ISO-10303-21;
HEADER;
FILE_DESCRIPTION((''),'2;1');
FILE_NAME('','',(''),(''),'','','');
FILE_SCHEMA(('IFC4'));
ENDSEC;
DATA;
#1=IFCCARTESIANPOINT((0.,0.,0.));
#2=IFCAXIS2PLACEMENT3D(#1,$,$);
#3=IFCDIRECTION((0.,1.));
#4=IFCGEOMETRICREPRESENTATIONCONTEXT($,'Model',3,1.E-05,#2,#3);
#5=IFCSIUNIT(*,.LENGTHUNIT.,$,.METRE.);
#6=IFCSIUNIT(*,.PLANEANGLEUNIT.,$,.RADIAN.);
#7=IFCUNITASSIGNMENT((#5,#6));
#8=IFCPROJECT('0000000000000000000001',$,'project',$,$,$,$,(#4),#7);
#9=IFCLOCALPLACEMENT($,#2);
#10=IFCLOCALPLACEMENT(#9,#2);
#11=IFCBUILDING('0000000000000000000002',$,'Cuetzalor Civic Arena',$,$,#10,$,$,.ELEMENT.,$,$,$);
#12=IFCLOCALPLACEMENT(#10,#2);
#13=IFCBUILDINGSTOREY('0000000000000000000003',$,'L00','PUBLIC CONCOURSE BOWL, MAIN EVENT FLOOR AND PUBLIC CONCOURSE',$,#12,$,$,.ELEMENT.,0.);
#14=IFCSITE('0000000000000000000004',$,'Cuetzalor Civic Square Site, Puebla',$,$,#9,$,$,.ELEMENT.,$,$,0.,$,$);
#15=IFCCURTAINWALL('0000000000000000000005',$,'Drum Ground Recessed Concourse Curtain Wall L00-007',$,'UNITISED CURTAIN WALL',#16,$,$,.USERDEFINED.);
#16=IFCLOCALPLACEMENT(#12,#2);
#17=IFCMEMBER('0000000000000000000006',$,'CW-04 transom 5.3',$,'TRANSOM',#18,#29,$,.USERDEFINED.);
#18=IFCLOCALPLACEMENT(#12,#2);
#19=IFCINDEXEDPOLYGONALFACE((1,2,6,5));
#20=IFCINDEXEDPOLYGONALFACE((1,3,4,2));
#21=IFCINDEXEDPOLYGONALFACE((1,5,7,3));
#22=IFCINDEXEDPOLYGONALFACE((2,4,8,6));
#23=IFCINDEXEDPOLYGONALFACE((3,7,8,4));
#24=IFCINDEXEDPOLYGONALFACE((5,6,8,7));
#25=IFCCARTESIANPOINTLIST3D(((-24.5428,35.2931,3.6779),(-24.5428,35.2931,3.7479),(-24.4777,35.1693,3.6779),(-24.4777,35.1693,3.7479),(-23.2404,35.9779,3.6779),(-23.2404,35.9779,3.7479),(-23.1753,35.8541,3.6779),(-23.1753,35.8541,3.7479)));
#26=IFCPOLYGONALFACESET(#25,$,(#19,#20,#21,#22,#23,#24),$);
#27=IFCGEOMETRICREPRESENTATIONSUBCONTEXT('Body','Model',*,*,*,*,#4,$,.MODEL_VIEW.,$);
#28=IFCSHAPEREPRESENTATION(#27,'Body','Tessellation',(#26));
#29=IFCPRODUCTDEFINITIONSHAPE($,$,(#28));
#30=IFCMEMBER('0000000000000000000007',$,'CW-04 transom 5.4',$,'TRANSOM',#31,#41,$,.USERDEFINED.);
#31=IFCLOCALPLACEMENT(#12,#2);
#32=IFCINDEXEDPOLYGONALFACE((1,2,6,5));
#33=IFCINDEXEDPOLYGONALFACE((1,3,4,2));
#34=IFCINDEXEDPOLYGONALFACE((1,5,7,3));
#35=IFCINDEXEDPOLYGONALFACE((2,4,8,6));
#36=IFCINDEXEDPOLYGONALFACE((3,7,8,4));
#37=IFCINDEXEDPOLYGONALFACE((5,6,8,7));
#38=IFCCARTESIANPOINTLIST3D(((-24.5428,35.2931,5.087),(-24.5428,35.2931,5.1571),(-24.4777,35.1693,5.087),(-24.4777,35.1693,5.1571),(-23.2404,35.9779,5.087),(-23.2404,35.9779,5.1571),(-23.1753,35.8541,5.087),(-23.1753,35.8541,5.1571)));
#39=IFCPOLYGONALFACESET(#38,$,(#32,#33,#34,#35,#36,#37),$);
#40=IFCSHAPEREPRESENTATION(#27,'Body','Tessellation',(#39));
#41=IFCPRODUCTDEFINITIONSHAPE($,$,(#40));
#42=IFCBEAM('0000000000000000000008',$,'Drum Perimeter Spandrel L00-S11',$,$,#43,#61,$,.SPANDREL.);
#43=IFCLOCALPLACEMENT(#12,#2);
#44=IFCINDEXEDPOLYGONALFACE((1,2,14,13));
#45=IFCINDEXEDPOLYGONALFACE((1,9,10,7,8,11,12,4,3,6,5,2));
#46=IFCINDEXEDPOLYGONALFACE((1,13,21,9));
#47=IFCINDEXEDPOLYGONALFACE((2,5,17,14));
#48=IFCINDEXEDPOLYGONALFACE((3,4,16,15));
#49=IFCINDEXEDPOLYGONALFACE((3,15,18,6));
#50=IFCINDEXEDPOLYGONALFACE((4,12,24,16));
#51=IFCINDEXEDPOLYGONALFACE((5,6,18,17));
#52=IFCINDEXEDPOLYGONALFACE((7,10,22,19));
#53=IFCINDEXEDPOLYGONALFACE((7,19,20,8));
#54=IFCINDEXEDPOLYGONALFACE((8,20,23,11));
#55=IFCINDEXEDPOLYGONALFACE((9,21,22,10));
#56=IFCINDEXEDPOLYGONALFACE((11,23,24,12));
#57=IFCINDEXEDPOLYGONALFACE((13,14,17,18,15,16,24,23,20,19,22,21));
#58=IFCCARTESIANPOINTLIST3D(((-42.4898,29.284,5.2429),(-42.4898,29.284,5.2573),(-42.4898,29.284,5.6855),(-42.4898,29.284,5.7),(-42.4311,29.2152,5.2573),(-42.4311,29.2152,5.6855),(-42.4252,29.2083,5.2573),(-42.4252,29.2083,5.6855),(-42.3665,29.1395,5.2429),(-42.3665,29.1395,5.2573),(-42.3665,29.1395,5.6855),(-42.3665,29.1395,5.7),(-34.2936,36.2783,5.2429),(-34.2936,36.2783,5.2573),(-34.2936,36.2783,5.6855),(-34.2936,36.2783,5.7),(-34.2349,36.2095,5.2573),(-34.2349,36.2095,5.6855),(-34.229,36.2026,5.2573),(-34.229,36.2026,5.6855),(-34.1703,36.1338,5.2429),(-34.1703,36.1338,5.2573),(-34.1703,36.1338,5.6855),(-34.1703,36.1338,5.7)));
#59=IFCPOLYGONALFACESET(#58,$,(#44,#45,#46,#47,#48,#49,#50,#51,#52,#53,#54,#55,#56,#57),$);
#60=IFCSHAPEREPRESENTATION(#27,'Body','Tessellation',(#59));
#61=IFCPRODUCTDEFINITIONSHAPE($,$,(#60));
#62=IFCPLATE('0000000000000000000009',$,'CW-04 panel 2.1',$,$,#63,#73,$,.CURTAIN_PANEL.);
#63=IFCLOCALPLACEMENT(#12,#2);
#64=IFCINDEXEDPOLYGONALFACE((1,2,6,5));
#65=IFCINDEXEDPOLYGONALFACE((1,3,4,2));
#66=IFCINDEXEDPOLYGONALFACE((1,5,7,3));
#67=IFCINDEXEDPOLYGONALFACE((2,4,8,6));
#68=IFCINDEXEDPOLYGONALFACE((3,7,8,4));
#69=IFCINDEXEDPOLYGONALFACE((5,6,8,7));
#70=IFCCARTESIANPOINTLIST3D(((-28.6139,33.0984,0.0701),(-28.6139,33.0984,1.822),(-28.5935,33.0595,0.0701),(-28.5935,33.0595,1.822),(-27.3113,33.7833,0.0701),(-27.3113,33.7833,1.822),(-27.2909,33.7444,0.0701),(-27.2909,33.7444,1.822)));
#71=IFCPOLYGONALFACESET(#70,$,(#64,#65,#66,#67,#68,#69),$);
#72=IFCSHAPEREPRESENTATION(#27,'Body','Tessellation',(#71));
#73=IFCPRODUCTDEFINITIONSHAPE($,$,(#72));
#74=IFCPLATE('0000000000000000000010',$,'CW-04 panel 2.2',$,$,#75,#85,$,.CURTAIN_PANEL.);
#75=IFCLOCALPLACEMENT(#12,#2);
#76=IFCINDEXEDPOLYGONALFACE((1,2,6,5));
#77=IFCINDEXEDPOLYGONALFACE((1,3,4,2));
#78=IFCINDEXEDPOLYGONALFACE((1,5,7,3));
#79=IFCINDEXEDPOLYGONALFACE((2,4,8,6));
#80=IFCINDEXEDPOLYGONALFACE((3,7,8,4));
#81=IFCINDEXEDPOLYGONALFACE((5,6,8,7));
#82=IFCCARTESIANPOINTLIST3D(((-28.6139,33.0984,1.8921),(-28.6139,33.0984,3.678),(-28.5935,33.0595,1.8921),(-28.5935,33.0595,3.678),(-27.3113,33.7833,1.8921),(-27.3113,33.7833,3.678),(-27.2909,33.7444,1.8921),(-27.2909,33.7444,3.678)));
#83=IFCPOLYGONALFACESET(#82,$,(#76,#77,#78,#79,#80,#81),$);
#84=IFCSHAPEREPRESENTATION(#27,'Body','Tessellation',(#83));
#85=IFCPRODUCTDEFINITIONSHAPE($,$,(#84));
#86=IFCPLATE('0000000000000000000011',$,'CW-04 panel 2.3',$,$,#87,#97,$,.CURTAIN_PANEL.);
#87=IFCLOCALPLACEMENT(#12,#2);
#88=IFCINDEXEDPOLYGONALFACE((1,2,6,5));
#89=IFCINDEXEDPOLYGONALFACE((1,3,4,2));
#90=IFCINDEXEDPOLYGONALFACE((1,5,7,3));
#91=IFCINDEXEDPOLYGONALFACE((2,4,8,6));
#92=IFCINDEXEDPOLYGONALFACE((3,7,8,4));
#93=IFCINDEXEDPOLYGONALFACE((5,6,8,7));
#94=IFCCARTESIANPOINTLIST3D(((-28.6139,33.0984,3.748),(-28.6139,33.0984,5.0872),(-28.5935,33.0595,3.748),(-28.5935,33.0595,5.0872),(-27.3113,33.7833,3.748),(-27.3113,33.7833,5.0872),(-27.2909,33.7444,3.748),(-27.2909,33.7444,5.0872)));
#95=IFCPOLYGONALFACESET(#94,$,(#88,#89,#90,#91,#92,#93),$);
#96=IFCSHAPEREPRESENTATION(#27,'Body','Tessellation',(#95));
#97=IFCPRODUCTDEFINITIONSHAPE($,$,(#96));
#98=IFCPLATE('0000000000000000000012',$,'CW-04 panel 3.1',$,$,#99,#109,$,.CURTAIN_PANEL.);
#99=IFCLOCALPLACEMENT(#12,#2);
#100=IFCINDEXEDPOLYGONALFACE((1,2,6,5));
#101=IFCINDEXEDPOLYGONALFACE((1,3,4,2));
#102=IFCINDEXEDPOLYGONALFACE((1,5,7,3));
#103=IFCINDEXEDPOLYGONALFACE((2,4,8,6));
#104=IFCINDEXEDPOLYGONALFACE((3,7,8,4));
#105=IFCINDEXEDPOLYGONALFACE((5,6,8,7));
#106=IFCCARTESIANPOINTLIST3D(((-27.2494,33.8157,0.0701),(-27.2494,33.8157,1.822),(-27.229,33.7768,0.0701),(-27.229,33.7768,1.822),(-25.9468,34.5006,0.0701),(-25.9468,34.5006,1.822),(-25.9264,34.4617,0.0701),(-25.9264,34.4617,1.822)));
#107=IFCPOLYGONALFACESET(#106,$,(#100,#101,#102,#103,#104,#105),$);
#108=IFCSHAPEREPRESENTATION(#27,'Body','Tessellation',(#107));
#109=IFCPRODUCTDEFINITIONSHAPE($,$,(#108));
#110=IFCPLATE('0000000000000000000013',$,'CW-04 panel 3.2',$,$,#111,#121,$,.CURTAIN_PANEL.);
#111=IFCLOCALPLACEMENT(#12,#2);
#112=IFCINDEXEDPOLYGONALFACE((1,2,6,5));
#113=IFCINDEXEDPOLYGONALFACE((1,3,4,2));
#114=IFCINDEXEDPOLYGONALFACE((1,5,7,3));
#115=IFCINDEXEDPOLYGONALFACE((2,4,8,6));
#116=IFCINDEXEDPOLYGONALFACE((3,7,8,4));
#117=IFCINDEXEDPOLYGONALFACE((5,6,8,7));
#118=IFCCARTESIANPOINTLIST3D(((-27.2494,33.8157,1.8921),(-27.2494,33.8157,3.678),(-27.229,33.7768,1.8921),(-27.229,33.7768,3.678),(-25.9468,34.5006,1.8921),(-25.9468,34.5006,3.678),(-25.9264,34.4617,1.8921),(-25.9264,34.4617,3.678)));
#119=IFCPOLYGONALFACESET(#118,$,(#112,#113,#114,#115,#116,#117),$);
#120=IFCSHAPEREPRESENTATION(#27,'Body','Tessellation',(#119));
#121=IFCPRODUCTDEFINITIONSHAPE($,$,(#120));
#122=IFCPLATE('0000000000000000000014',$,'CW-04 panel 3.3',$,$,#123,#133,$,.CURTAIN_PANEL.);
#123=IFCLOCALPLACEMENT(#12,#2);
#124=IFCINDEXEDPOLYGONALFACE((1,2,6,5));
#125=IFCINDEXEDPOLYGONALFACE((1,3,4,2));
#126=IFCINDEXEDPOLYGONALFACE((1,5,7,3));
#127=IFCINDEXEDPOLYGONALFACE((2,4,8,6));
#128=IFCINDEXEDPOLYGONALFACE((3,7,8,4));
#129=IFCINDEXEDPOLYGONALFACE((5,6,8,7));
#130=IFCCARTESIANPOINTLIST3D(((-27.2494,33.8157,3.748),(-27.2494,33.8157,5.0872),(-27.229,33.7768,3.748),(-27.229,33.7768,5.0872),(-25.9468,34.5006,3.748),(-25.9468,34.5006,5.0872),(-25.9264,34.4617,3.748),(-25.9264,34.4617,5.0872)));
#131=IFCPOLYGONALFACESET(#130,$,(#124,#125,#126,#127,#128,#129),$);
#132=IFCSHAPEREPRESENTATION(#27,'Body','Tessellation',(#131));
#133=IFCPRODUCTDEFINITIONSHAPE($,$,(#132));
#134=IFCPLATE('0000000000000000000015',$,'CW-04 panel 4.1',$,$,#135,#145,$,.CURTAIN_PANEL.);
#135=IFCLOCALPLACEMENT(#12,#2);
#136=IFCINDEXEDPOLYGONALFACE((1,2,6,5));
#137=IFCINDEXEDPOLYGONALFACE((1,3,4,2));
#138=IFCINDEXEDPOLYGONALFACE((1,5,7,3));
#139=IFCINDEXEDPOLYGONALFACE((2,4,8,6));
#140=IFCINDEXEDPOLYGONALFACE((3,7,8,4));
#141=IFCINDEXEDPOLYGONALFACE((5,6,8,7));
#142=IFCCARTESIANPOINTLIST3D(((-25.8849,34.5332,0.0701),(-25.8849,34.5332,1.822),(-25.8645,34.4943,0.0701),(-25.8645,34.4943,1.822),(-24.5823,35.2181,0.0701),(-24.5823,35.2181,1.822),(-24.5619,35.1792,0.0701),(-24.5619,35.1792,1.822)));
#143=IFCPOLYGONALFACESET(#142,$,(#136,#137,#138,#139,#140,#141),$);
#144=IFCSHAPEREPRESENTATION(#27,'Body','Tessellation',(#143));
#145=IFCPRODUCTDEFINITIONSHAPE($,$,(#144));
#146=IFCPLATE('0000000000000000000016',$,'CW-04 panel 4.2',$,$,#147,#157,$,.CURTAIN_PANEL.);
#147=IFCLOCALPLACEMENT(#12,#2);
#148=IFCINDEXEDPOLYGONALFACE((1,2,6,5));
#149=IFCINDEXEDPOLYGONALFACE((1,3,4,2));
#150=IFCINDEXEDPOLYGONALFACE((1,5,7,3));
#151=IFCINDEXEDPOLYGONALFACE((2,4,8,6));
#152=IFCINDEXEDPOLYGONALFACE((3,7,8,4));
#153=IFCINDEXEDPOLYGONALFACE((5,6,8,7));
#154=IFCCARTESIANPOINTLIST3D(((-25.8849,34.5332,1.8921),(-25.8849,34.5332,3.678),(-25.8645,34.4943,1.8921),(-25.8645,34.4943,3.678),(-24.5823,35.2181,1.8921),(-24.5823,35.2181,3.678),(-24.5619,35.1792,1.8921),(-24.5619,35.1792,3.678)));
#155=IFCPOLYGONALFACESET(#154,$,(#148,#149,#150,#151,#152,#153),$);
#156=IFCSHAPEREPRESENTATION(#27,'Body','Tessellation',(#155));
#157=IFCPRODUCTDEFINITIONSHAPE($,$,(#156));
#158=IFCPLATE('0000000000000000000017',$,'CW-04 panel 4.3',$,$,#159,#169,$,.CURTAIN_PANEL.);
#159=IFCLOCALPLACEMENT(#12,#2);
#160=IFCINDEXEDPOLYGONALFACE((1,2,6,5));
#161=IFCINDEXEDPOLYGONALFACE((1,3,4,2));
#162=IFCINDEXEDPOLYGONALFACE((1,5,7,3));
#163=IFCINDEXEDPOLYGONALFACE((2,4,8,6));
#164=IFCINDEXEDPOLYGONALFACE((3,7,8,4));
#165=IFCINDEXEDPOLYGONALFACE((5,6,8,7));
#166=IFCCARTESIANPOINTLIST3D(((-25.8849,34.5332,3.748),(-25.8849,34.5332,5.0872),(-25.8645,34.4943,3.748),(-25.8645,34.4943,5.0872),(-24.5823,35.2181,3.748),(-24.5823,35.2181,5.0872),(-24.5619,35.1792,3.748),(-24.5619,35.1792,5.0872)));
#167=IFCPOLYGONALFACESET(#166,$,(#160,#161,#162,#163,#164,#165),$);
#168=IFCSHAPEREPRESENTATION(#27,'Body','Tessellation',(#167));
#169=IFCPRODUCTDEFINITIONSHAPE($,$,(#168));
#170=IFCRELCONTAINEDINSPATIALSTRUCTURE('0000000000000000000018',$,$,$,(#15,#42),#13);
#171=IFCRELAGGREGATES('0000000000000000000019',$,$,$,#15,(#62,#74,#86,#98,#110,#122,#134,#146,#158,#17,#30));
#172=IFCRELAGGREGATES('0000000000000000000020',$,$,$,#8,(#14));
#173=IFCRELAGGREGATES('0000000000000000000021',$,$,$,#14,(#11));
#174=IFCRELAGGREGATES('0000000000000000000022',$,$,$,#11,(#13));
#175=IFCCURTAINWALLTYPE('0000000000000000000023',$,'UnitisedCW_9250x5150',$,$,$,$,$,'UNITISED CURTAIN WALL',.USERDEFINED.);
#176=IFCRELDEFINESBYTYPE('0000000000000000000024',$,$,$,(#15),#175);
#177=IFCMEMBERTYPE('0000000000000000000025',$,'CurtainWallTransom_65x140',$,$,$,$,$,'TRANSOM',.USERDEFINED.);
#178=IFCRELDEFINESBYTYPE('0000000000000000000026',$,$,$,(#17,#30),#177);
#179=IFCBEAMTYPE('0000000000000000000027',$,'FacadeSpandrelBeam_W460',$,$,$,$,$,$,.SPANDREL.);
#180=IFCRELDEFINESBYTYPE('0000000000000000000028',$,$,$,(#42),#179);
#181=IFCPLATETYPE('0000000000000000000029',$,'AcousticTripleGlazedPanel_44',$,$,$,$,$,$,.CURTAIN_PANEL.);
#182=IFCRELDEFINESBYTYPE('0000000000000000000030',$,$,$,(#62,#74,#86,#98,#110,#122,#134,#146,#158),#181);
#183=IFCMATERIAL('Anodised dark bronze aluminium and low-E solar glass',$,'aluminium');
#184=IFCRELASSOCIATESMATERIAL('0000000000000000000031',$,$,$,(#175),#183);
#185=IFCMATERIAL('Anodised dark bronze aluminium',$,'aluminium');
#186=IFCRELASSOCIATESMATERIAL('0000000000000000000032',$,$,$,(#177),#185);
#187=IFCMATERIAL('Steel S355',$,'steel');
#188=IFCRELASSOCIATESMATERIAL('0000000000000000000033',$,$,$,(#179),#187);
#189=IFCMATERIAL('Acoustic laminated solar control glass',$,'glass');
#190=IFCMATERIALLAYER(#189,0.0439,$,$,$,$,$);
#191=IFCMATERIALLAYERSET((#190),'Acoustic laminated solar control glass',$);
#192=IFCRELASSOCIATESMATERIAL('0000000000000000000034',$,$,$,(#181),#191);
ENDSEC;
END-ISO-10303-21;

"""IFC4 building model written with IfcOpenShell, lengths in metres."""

from ifc_helpers import new_model, si_unit, direction, frame, origin, origin_2d, place, context, subcontext, project, spatial, rectangle, i_section, extrude, material, layer, layer_set, material_profile, profile_set, type_object, element, aggregate, save


model = new_model("IFC4")

# Units and contexts
model_context = context("Model", 3, precision=1e-05, world=origin(), true_north=direction((0.0, 1.0)))
body_context = subcontext(model_context, "Body", "Model", "MODEL_VIEW")
ifc_project = project(units=[si_unit("LENGTHUNIT", "METRE"), si_unit("PLANEANGLEUNIT", "RADIAN")], contexts=[model_context])

# Site, building, storey
site_placement = place(None, origin())
site = spatial("IfcSite", under=ifc_project, at=site_placement, Name="Cuetzalor Civic Square Site, Puebla", CompositionType="ELEMENT", RefElevation=0.0)
building_placement = place(site_placement, origin())
building = spatial("IfcBuilding", under=site, at=building_placement, Name="Cuetzalor Civic Arena", CompositionType="ELEMENT")
storey_placement = place(building_placement, origin())
storey = spatial("IfcBuildingStorey", under=building, at=storey_placement, Name="L00", Description="PUBLIC CONCOURSE BOWL, MAIN EVENT FLOOR AND PUBLIC CONCOURSE", CompositionType="ELEMENT", Elevation=0.0)

# Curtain wall, members
ifc_material_1 = material(Name="Anodised dark bronze aluminium and low-E solar glass", Category="aluminium")
curtain_wall_type = type_object("IfcCurtainWallType", Name="UnitisedCW_9250x5150", ElementType="UNITISED CURTAIN WALL", PredefinedType="USERDEFINED", material=ifc_material_1)
curtain_wall_placement = place(storey_placement, origin())
curtain_wall = element("IfcCurtainWall", 1, at=curtain_wall_placement, inside=storey, type_object=curtain_wall_type, Name="Drum Ground Recessed Concourse Curtain Wall L00-007", ObjectType="UNITISED CURTAIN WALL", PredefinedType="USERDEFINED")
ifc_material_2 = material(Name="Anodised dark bronze aluminium", Category="aluminium")
ifc_material_profile_1 = material_profile(ifc_material_2, rectangle(XDim=0.1399, YDim=0.0701, at=origin_2d()), Name="ALU TRANSOM 70x140")
ifc_profile_set_1 = profile_set([ifc_material_profile_1], Name="Anodised dark bronze aluminium")
member_type_1 = type_object("IfcMemberType", Name="CurtainWallTransom_65x140", ElementType="TRANSOM", PredefinedType="USERDEFINED", material=ifc_profile_set_1)
member_1_placement = place(storey_placement, frame((-24.5103, 35.2312, 3.7129), z_axis=(0.885116, 0.46537, 0.0), x_axis=(-0.46537, 0.885116, 0.0)))
member_1 = element("IfcMember", 2, at=member_1_placement, type_object=member_type_1, Name="CW-04 transom 5.3", ObjectType="TRANSOM", PredefinedType="USERDEFINED", context=body_context, shape_type="SweptSolid", body=[
    extrude(rectangle(XDim=0.1399, YDim=0.0701, at=origin_2d()), origin(), (0.0, 0.0, 1.0), 1.4714),
])
member_2_placement = place(storey_placement, frame((-24.5103, 35.2312, 5.1221), z_axis=(0.885116, 0.46537, 0.0), x_axis=(-0.46537, 0.885116, 0.0)))
member_2 = element("IfcMember", 3, at=member_2_placement, type_object=member_type_1, Name="CW-04 transom 5.4", ObjectType="TRANSOM", PredefinedType="USERDEFINED", context=body_context, shape_type="SweptSolid", body=[
    extrude(rectangle(XDim=0.1399, YDim=0.0701, at=origin_2d()), origin(), (0.0, 0.0, 1.0), 1.4714),
])

# Beam
ifc_material_3 = material(Name="Steel S355", Category="steel")
ifc_material_profile_2 = material_profile(ifc_material_3, i_section(OverallWidth=0.1899, OverallDepth=0.457, WebThickness=0.009, FlangeThickness=0.0144, at=origin_2d()), Name="W460x74")
ifc_profile_set_2 = profile_set([ifc_material_profile_2], Name="Steel S355")
beam_type = type_object("IfcBeamType", Name="FacadeSpandrelBeam_W460", PredefinedType="SPANDREL", material=ifc_profile_set_2)
beam_placement = place(storey_placement, frame((-34.2319, 36.2061, 5.4714), z_axis=(-0.760677, -0.649131, 0.0), x_axis=(0.649131, -0.760677, 0.0)))
element("IfcBeam", 4, at=beam_placement, inside=storey, type_object=beam_type, Name="Drum Perimeter Spandrel L00-S11", PredefinedType="SPANDREL", context=body_context, shape_type="SweptSolid", body=[
    extrude(i_section(OverallWidth=0.1899, OverallDepth=0.457, WebThickness=0.009, FlangeThickness=0.0144, at=origin_2d()), origin(), (0.0, 0.0, 1.0), 10.7749),
])

# Plates
ifc_material_4 = material(Name="Acoustic laminated solar control glass", Category="glass")
ifc_layer = layer(ifc_material_4, 0.0439)
ifc_layer_set = layer_set([ifc_layer], Name="Acoustic laminated solar control glass")
plate_type = type_object("IfcPlateType", Name="AcousticTripleGlazedPanel_44", PredefinedType="CURTAIN_PANEL", material=ifc_layer_set)
plate_1_placement = place(storey_placement, frame((-27.9524, 33.4214, 0.0701), z_axis=(0.0, 0.0, 1.0), x_axis=(0.885118, 0.465366, 0.0)))
plate_1 = element("IfcPlate", 5, at=plate_1_placement, type_object=plate_type, Name="CW-04 panel 2.1", PredefinedType="CURTAIN_PANEL", context=body_context, shape_type="SweptSolid", body=[
    extrude(rectangle(XDim=1.4717, YDim=0.0439, at=origin_2d()), origin(), (0.0, 0.0, 1.0), 1.752),
])
plate_2_placement = place(storey_placement, frame((-27.9524, 33.4214, 1.8921), z_axis=(0.0, 0.0, 1.0), x_axis=(0.885118, 0.465366, 0.0)))
plate_2 = element("IfcPlate", 6, at=plate_2_placement, type_object=plate_type, Name="CW-04 panel 2.2", PredefinedType="CURTAIN_PANEL", context=body_context, shape_type="SweptSolid", body=[
    extrude(rectangle(XDim=1.4717, YDim=0.0439, at=origin_2d()), origin(), (0.0, 0.0, 1.0), 1.7859),
])
plate_3_placement = place(storey_placement, frame((-27.9524, 33.4214, 3.748), z_axis=(0.0, 0.0, 1.0), x_axis=(0.885118, 0.465366, 0.0)))
plate_3 = element("IfcPlate", 7, at=plate_3_placement, type_object=plate_type, Name="CW-04 panel 2.3", PredefinedType="CURTAIN_PANEL", context=body_context, shape_type="SweptSolid", body=[
    extrude(rectangle(XDim=1.4717, YDim=0.0439, at=origin_2d()), origin(), (0.0, 0.0, 1.0), 1.3391),
])
plate_4_placement = place(storey_placement, frame((-26.5879, 34.1387, 0.0701), z_axis=(0.0, 0.0, 1.0), x_axis=(0.885118, 0.465366, 0.0)))
plate_4 = element("IfcPlate", 8, at=plate_4_placement, type_object=plate_type, Name="CW-04 panel 3.1", PredefinedType="CURTAIN_PANEL", context=body_context, shape_type="SweptSolid", body=[
    extrude(rectangle(XDim=1.4717, YDim=0.0439, at=origin_2d()), origin(), (0.0, 0.0, 1.0), 1.752),
])
plate_5_placement = place(storey_placement, frame((-26.5879, 34.1387, 1.8921), z_axis=(0.0, 0.0, 1.0), x_axis=(0.885118, 0.465366, 0.0)))
plate_5 = element("IfcPlate", 9, at=plate_5_placement, type_object=plate_type, Name="CW-04 panel 3.2", PredefinedType="CURTAIN_PANEL", context=body_context, shape_type="SweptSolid", body=[
    extrude(rectangle(XDim=1.4717, YDim=0.0439, at=origin_2d()), origin(), (0.0, 0.0, 1.0), 1.7859),
])
plate_6_placement = place(storey_placement, frame((-26.5879, 34.1387, 3.748), z_axis=(0.0, 0.0, 1.0), x_axis=(0.885118, 0.465366, 0.0)))
plate_6 = element("IfcPlate", 10, at=plate_6_placement, type_object=plate_type, Name="CW-04 panel 3.3", PredefinedType="CURTAIN_PANEL", context=body_context, shape_type="SweptSolid", body=[
    extrude(rectangle(XDim=1.4717, YDim=0.0439, at=origin_2d()), origin(), (0.0, 0.0, 1.0), 1.3391),
])
plate_7_placement = place(storey_placement, frame((-25.2234, 34.8562, 0.0701), z_axis=(0.0, 0.0, 1.0), x_axis=(0.885118, 0.465366, 0.0)))
plate_7 = element("IfcPlate", 11, at=plate_7_placement, type_object=plate_type, Name="CW-04 panel 4.1", PredefinedType="CURTAIN_PANEL", context=body_context, shape_type="SweptSolid", body=[
    extrude(rectangle(XDim=1.4717, YDim=0.0439, at=origin_2d()), origin(), (0.0, 0.0, 1.0), 1.752),
])
plate_8_placement = place(storey_placement, frame((-25.2234, 34.8562, 1.8921), z_axis=(0.0, 0.0, 1.0), x_axis=(0.885118, 0.465366, 0.0)))
plate_8 = element("IfcPlate", 12, at=plate_8_placement, type_object=plate_type, Name="CW-04 panel 4.2", PredefinedType="CURTAIN_PANEL", context=body_context, shape_type="SweptSolid", body=[
    extrude(rectangle(XDim=1.4717, YDim=0.0439, at=origin_2d()), origin(), (0.0, 0.0, 1.0), 1.7859),
])
plate_9_placement = place(storey_placement, frame((-25.2234, 34.8562, 3.748), z_axis=(0.0, 0.0, 1.0), x_axis=(0.885118, 0.465366, 0.0)))
plate_9 = element("IfcPlate", 13, at=plate_9_placement, type_object=plate_type, Name="CW-04 panel 4.3", PredefinedType="CURTAIN_PANEL", context=body_context, shape_type="SweptSolid", body=[
    extrude(rectangle(XDim=1.4717, YDim=0.0439, at=origin_2d()), origin(), (0.0, 0.0, 1.0), 1.3391),
])
aggregate(curtain_wall, [plate_1, plate_2, plate_3, plate_4, plate_5, plate_6, plate_7, plate_8, plate_9, member_1, member_2])

save(model, "model.ifc")
